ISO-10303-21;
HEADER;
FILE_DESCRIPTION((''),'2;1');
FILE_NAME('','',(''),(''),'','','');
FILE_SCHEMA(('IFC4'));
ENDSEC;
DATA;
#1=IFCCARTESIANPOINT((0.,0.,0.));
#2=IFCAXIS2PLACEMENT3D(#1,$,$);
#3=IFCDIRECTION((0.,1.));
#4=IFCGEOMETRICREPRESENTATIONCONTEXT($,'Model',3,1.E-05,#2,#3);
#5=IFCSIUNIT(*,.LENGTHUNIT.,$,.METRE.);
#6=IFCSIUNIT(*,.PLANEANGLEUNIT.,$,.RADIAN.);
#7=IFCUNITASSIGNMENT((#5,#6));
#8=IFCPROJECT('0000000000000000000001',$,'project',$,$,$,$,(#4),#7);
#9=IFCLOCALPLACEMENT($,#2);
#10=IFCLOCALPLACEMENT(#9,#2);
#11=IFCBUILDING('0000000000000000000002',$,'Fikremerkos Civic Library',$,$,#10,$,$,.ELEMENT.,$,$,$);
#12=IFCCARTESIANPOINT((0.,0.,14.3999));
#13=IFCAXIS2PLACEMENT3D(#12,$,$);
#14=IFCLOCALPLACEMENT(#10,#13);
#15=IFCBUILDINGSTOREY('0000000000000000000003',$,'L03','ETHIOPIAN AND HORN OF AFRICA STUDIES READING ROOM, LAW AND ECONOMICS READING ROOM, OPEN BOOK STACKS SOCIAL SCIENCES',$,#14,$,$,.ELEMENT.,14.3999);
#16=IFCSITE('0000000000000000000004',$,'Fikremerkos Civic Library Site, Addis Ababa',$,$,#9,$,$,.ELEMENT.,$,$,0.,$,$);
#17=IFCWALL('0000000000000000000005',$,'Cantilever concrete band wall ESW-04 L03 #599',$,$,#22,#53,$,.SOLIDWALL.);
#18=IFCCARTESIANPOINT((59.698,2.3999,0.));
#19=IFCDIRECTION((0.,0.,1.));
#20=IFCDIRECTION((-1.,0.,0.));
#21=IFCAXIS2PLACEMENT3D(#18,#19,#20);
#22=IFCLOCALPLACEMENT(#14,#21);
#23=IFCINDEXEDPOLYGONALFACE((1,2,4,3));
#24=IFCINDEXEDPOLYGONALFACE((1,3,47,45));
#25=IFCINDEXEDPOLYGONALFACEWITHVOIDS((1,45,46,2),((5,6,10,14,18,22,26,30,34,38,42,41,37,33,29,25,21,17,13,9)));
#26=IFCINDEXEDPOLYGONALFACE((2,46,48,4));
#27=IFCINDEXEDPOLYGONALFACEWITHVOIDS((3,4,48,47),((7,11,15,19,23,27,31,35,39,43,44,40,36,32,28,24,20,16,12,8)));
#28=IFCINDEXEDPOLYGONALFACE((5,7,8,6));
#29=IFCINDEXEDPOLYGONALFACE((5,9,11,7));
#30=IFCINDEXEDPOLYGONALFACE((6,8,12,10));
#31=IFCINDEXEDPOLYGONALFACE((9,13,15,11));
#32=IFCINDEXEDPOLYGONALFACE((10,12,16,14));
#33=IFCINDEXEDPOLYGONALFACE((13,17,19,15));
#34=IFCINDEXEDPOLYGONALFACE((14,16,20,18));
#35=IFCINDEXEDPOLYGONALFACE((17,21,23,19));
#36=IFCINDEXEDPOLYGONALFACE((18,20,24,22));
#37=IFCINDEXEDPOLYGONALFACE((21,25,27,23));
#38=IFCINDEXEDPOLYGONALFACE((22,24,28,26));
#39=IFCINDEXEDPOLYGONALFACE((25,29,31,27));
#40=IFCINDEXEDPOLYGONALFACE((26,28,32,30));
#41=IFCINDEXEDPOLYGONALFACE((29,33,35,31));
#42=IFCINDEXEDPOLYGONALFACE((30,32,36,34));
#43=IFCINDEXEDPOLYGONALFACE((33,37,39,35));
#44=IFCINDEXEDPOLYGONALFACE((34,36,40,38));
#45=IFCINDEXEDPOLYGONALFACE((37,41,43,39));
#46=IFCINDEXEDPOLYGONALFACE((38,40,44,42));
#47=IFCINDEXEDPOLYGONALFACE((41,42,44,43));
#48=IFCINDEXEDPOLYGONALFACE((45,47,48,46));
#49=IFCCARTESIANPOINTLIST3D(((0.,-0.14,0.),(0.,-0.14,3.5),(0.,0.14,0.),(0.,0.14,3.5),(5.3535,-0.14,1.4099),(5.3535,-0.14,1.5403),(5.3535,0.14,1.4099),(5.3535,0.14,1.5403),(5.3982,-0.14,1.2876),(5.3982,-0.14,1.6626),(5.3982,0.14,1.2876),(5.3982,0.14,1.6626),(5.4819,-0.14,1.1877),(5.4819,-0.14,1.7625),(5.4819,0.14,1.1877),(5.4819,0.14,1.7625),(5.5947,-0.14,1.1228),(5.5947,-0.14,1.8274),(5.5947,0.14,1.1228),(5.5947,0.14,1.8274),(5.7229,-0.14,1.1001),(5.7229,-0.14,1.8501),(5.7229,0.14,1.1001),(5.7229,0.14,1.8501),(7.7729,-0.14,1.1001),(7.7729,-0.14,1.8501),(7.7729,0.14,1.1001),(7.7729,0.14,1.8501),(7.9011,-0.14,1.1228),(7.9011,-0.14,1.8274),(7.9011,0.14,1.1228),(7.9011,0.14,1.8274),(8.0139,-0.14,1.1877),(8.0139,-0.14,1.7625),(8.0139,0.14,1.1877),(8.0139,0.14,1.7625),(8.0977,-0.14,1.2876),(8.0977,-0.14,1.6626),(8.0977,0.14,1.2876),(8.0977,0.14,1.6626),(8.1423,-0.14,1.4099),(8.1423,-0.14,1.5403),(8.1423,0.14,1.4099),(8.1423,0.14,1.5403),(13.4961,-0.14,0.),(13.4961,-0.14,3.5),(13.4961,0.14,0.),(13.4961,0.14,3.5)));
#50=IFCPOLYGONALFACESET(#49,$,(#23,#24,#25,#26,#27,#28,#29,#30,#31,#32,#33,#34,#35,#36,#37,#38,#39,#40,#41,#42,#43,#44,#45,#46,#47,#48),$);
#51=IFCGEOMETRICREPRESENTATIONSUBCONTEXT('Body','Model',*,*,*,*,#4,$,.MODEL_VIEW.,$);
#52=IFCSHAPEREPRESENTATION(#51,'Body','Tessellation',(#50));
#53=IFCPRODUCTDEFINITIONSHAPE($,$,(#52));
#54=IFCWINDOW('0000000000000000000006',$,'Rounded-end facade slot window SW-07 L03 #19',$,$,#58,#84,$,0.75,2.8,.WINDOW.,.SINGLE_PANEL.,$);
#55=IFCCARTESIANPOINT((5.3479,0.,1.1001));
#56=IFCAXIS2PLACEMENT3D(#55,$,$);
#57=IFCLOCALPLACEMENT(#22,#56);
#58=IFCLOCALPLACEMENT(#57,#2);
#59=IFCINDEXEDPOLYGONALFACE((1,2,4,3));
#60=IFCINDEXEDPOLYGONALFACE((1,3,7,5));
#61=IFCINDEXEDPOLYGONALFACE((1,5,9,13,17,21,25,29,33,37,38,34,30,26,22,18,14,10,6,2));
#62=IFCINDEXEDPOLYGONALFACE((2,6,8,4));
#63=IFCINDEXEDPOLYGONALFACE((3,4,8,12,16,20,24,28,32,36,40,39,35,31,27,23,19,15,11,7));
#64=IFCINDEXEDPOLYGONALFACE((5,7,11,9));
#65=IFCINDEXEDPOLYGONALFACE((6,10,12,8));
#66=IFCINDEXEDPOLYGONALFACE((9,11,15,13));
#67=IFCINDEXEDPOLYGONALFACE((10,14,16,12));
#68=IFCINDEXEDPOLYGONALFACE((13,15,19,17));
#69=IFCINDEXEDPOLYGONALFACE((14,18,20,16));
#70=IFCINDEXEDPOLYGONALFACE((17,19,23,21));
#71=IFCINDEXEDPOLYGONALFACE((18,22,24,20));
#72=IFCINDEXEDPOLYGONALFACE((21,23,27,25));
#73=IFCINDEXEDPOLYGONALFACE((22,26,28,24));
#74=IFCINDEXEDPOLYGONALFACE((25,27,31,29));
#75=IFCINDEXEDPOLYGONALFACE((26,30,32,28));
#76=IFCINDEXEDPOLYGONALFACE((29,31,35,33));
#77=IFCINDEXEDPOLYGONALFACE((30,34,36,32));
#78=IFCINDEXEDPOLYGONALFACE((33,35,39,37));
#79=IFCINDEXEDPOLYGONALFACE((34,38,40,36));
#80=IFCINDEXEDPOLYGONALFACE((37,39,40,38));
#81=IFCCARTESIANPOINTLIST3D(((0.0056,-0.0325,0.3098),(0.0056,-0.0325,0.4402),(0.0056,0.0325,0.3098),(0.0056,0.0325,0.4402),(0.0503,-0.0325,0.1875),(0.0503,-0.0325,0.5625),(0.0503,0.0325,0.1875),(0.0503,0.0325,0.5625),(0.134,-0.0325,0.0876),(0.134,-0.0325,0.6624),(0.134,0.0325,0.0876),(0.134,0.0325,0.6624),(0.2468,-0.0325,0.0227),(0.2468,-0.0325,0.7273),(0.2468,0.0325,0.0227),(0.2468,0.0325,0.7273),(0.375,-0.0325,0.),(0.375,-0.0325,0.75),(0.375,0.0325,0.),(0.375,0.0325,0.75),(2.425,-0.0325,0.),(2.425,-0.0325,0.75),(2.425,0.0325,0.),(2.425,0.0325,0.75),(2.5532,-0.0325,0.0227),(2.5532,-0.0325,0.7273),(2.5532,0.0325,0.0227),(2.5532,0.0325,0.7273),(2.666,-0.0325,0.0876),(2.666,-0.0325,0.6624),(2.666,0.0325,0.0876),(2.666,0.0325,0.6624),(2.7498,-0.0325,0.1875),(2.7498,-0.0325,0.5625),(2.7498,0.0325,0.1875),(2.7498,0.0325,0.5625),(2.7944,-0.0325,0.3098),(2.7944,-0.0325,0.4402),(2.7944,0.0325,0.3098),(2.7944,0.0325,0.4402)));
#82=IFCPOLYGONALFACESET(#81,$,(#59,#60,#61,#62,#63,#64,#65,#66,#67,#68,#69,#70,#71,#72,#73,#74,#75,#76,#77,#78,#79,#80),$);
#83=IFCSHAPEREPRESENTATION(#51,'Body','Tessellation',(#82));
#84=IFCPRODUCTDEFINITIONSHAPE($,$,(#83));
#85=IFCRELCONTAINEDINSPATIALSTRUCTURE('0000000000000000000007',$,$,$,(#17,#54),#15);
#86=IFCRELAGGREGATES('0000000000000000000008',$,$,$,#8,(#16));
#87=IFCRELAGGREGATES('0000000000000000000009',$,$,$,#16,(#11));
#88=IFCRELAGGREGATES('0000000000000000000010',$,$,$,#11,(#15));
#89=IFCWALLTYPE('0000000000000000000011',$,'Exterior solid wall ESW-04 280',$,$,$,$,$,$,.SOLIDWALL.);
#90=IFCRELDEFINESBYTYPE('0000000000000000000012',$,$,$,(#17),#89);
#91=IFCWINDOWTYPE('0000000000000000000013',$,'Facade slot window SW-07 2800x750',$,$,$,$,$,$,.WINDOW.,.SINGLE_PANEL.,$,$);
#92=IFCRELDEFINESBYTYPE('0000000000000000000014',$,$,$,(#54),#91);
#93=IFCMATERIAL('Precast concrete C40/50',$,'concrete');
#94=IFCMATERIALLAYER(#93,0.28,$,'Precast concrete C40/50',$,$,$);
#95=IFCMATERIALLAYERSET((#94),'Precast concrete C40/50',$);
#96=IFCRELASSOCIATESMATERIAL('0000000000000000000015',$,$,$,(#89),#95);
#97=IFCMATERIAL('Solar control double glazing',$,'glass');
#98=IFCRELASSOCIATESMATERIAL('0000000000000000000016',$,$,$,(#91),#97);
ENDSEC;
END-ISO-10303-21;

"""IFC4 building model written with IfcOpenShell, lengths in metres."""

from ifc_helpers import new_model, si_unit, direction, frame, frame_2d, origin, place, context, subcontext, project, spatial, polyline, rectangle, outline, extrude, material, layer, layer_set, type_object, element, fill, save


model = new_model("IFC4")

# Units and contexts
model_context = context("Model", 3, precision=1e-05, world=origin(), true_north=direction((0.0, 1.0)))
body_context = subcontext(model_context, "Body", "Model", "MODEL_VIEW")
ifc_project = project(units=[si_unit("LENGTHUNIT", "METRE"), si_unit("PLANEANGLEUNIT", "RADIAN")], contexts=[model_context])

# Site, building, storey
site_placement = place(None, origin())
site = spatial("IfcSite", under=ifc_project, at=site_placement, Name="Fikremerkos Civic Library Site, Addis Ababa", CompositionType="ELEMENT", RefElevation=0.0)
building_placement = place(site_placement, origin())
building = spatial("IfcBuilding", under=site, at=building_placement, Name="Fikremerkos Civic Library", CompositionType="ELEMENT")
storey_placement = place(building_placement, frame((0.0, 0.0, 14.3999)))
storey = spatial("IfcBuildingStorey", under=building, at=storey_placement, Name="L03", Description="ETHIOPIAN AND HORN OF AFRICA STUDIES READING ROOM, LAW AND ECONOMICS READING ROOM, OPEN BOOK STACKS SOCIAL SCIENCES", CompositionType="ELEMENT", Elevation=14.3999)

# Wall, opening, window
ifc_material_1 = material(Name="Precast concrete C40/50", Category="concrete")
ifc_layer_1 = layer(ifc_material_1, 0.28, Name="Precast concrete C40/50")
ifc_layer_set_1 = layer_set([ifc_layer_1], Name="Precast concrete C40/50")
wall_type_1 = type_object("IfcWallType", Name="Exterior solid wall ESW-04 280", PredefinedType="SOLIDWALL", material=ifc_layer_set_1)
wall_1_placement = place(storey_placement, frame((59.698, 2.3999, 0.0), z_axis=(0.0, 0.0, 1.0), x_axis=(-1.0, 0.0, 0.0)))
wall_1 = element("IfcWall", 1, at=wall_1_placement, inside=storey, type_object=wall_type_1, Name="Cantilever concrete band wall ESW-04 L03 #599", PredefinedType="SOLIDWALL", context=body_context, shape_type="SweptSolid", body=[
    extrude(rectangle(XDim=13.4961, YDim=0.28, at=frame_2d((6.748, 0.0))), origin(), (0.0, 0.0, 1.0), 3.5),
])
opening_1_placement = place(wall_1_placement, frame((5.3479, 0.0, 1.1001)))
opening_1 = element("IfcOpeningElement", 2, at=opening_1_placement, cuts=wall_1, PredefinedType="OPENING", context=body_context, shape_type="SweptSolid", body=[
    extrude(outline(polyline([(0.375, 0.75), (0.2468, 0.7273), (0.134, 0.6624), (0.0503, 0.5625), (0.0056, 0.4402), (0.0056, 0.3098), (0.0503, 0.1875), (0.134, 0.0876), (0.2468, 0.0227), (0.375, 0.0), (2.425, 0.0), (2.5532, 0.0227), (2.666, 0.0876), (2.7498, 0.1875), (2.7944, 0.3098), (2.7944, 0.4402), (2.7498, 0.5625), (2.666, 0.6624), (2.5532, 0.7273), (2.425, 0.75), (0.375, 0.75)])), frame((0.0, 0.1499, 0.0), z_axis=(0.0, -1.0, 0.0), x_axis=(1.0, 0.0, 0.0)), (0.0, 0.0, 1.0), 0.3),
])
ifc_material_2 = material(Name="Solar control double glazing", Category="glass")
window_type = type_object("IfcWindowType", Name="Facade slot window SW-07 2800x750", PartitioningType="SINGLE_PANEL", PredefinedType="WINDOW", material=ifc_material_2)
window_placement = place(opening_1_placement, origin())
window = element("IfcWindow", 3, at=window_placement, inside=storey, type_object=window_type, Name="Rounded-end facade slot window SW-07 L03 #19", OverallHeight=0.75, OverallWidth=2.8, PartitioningType="SINGLE_PANEL", PredefinedType="WINDOW", context=body_context, shape_type="SweptSolid", body=[
    extrude(outline(polyline([(0.375, 0.75), (0.2468, 0.7273), (0.134, 0.6624), (0.0503, 0.5625), (0.0056, 0.4402), (0.0056, 0.3098), (0.0503, 0.1875), (0.134, 0.0876), (0.2468, 0.0227), (0.375, 0.0), (2.425, 0.0), (2.5532, 0.0227), (2.666, 0.0876), (2.7498, 0.1875), (2.7944, 0.3098), (2.7944, 0.4402), (2.7498, 0.5625), (2.666, 0.6624), (2.5532, 0.7273), (2.425, 0.75), (0.375, 0.75)])), frame((0.0, 0.0325, 0.0), z_axis=(0.0, -1.0, 0.0), x_axis=(1.0, 0.0, 0.0)), (0.0, 0.0, 1.0), 0.0649),
])
fill(opening_1, window)

save(model, "model.ifc")
